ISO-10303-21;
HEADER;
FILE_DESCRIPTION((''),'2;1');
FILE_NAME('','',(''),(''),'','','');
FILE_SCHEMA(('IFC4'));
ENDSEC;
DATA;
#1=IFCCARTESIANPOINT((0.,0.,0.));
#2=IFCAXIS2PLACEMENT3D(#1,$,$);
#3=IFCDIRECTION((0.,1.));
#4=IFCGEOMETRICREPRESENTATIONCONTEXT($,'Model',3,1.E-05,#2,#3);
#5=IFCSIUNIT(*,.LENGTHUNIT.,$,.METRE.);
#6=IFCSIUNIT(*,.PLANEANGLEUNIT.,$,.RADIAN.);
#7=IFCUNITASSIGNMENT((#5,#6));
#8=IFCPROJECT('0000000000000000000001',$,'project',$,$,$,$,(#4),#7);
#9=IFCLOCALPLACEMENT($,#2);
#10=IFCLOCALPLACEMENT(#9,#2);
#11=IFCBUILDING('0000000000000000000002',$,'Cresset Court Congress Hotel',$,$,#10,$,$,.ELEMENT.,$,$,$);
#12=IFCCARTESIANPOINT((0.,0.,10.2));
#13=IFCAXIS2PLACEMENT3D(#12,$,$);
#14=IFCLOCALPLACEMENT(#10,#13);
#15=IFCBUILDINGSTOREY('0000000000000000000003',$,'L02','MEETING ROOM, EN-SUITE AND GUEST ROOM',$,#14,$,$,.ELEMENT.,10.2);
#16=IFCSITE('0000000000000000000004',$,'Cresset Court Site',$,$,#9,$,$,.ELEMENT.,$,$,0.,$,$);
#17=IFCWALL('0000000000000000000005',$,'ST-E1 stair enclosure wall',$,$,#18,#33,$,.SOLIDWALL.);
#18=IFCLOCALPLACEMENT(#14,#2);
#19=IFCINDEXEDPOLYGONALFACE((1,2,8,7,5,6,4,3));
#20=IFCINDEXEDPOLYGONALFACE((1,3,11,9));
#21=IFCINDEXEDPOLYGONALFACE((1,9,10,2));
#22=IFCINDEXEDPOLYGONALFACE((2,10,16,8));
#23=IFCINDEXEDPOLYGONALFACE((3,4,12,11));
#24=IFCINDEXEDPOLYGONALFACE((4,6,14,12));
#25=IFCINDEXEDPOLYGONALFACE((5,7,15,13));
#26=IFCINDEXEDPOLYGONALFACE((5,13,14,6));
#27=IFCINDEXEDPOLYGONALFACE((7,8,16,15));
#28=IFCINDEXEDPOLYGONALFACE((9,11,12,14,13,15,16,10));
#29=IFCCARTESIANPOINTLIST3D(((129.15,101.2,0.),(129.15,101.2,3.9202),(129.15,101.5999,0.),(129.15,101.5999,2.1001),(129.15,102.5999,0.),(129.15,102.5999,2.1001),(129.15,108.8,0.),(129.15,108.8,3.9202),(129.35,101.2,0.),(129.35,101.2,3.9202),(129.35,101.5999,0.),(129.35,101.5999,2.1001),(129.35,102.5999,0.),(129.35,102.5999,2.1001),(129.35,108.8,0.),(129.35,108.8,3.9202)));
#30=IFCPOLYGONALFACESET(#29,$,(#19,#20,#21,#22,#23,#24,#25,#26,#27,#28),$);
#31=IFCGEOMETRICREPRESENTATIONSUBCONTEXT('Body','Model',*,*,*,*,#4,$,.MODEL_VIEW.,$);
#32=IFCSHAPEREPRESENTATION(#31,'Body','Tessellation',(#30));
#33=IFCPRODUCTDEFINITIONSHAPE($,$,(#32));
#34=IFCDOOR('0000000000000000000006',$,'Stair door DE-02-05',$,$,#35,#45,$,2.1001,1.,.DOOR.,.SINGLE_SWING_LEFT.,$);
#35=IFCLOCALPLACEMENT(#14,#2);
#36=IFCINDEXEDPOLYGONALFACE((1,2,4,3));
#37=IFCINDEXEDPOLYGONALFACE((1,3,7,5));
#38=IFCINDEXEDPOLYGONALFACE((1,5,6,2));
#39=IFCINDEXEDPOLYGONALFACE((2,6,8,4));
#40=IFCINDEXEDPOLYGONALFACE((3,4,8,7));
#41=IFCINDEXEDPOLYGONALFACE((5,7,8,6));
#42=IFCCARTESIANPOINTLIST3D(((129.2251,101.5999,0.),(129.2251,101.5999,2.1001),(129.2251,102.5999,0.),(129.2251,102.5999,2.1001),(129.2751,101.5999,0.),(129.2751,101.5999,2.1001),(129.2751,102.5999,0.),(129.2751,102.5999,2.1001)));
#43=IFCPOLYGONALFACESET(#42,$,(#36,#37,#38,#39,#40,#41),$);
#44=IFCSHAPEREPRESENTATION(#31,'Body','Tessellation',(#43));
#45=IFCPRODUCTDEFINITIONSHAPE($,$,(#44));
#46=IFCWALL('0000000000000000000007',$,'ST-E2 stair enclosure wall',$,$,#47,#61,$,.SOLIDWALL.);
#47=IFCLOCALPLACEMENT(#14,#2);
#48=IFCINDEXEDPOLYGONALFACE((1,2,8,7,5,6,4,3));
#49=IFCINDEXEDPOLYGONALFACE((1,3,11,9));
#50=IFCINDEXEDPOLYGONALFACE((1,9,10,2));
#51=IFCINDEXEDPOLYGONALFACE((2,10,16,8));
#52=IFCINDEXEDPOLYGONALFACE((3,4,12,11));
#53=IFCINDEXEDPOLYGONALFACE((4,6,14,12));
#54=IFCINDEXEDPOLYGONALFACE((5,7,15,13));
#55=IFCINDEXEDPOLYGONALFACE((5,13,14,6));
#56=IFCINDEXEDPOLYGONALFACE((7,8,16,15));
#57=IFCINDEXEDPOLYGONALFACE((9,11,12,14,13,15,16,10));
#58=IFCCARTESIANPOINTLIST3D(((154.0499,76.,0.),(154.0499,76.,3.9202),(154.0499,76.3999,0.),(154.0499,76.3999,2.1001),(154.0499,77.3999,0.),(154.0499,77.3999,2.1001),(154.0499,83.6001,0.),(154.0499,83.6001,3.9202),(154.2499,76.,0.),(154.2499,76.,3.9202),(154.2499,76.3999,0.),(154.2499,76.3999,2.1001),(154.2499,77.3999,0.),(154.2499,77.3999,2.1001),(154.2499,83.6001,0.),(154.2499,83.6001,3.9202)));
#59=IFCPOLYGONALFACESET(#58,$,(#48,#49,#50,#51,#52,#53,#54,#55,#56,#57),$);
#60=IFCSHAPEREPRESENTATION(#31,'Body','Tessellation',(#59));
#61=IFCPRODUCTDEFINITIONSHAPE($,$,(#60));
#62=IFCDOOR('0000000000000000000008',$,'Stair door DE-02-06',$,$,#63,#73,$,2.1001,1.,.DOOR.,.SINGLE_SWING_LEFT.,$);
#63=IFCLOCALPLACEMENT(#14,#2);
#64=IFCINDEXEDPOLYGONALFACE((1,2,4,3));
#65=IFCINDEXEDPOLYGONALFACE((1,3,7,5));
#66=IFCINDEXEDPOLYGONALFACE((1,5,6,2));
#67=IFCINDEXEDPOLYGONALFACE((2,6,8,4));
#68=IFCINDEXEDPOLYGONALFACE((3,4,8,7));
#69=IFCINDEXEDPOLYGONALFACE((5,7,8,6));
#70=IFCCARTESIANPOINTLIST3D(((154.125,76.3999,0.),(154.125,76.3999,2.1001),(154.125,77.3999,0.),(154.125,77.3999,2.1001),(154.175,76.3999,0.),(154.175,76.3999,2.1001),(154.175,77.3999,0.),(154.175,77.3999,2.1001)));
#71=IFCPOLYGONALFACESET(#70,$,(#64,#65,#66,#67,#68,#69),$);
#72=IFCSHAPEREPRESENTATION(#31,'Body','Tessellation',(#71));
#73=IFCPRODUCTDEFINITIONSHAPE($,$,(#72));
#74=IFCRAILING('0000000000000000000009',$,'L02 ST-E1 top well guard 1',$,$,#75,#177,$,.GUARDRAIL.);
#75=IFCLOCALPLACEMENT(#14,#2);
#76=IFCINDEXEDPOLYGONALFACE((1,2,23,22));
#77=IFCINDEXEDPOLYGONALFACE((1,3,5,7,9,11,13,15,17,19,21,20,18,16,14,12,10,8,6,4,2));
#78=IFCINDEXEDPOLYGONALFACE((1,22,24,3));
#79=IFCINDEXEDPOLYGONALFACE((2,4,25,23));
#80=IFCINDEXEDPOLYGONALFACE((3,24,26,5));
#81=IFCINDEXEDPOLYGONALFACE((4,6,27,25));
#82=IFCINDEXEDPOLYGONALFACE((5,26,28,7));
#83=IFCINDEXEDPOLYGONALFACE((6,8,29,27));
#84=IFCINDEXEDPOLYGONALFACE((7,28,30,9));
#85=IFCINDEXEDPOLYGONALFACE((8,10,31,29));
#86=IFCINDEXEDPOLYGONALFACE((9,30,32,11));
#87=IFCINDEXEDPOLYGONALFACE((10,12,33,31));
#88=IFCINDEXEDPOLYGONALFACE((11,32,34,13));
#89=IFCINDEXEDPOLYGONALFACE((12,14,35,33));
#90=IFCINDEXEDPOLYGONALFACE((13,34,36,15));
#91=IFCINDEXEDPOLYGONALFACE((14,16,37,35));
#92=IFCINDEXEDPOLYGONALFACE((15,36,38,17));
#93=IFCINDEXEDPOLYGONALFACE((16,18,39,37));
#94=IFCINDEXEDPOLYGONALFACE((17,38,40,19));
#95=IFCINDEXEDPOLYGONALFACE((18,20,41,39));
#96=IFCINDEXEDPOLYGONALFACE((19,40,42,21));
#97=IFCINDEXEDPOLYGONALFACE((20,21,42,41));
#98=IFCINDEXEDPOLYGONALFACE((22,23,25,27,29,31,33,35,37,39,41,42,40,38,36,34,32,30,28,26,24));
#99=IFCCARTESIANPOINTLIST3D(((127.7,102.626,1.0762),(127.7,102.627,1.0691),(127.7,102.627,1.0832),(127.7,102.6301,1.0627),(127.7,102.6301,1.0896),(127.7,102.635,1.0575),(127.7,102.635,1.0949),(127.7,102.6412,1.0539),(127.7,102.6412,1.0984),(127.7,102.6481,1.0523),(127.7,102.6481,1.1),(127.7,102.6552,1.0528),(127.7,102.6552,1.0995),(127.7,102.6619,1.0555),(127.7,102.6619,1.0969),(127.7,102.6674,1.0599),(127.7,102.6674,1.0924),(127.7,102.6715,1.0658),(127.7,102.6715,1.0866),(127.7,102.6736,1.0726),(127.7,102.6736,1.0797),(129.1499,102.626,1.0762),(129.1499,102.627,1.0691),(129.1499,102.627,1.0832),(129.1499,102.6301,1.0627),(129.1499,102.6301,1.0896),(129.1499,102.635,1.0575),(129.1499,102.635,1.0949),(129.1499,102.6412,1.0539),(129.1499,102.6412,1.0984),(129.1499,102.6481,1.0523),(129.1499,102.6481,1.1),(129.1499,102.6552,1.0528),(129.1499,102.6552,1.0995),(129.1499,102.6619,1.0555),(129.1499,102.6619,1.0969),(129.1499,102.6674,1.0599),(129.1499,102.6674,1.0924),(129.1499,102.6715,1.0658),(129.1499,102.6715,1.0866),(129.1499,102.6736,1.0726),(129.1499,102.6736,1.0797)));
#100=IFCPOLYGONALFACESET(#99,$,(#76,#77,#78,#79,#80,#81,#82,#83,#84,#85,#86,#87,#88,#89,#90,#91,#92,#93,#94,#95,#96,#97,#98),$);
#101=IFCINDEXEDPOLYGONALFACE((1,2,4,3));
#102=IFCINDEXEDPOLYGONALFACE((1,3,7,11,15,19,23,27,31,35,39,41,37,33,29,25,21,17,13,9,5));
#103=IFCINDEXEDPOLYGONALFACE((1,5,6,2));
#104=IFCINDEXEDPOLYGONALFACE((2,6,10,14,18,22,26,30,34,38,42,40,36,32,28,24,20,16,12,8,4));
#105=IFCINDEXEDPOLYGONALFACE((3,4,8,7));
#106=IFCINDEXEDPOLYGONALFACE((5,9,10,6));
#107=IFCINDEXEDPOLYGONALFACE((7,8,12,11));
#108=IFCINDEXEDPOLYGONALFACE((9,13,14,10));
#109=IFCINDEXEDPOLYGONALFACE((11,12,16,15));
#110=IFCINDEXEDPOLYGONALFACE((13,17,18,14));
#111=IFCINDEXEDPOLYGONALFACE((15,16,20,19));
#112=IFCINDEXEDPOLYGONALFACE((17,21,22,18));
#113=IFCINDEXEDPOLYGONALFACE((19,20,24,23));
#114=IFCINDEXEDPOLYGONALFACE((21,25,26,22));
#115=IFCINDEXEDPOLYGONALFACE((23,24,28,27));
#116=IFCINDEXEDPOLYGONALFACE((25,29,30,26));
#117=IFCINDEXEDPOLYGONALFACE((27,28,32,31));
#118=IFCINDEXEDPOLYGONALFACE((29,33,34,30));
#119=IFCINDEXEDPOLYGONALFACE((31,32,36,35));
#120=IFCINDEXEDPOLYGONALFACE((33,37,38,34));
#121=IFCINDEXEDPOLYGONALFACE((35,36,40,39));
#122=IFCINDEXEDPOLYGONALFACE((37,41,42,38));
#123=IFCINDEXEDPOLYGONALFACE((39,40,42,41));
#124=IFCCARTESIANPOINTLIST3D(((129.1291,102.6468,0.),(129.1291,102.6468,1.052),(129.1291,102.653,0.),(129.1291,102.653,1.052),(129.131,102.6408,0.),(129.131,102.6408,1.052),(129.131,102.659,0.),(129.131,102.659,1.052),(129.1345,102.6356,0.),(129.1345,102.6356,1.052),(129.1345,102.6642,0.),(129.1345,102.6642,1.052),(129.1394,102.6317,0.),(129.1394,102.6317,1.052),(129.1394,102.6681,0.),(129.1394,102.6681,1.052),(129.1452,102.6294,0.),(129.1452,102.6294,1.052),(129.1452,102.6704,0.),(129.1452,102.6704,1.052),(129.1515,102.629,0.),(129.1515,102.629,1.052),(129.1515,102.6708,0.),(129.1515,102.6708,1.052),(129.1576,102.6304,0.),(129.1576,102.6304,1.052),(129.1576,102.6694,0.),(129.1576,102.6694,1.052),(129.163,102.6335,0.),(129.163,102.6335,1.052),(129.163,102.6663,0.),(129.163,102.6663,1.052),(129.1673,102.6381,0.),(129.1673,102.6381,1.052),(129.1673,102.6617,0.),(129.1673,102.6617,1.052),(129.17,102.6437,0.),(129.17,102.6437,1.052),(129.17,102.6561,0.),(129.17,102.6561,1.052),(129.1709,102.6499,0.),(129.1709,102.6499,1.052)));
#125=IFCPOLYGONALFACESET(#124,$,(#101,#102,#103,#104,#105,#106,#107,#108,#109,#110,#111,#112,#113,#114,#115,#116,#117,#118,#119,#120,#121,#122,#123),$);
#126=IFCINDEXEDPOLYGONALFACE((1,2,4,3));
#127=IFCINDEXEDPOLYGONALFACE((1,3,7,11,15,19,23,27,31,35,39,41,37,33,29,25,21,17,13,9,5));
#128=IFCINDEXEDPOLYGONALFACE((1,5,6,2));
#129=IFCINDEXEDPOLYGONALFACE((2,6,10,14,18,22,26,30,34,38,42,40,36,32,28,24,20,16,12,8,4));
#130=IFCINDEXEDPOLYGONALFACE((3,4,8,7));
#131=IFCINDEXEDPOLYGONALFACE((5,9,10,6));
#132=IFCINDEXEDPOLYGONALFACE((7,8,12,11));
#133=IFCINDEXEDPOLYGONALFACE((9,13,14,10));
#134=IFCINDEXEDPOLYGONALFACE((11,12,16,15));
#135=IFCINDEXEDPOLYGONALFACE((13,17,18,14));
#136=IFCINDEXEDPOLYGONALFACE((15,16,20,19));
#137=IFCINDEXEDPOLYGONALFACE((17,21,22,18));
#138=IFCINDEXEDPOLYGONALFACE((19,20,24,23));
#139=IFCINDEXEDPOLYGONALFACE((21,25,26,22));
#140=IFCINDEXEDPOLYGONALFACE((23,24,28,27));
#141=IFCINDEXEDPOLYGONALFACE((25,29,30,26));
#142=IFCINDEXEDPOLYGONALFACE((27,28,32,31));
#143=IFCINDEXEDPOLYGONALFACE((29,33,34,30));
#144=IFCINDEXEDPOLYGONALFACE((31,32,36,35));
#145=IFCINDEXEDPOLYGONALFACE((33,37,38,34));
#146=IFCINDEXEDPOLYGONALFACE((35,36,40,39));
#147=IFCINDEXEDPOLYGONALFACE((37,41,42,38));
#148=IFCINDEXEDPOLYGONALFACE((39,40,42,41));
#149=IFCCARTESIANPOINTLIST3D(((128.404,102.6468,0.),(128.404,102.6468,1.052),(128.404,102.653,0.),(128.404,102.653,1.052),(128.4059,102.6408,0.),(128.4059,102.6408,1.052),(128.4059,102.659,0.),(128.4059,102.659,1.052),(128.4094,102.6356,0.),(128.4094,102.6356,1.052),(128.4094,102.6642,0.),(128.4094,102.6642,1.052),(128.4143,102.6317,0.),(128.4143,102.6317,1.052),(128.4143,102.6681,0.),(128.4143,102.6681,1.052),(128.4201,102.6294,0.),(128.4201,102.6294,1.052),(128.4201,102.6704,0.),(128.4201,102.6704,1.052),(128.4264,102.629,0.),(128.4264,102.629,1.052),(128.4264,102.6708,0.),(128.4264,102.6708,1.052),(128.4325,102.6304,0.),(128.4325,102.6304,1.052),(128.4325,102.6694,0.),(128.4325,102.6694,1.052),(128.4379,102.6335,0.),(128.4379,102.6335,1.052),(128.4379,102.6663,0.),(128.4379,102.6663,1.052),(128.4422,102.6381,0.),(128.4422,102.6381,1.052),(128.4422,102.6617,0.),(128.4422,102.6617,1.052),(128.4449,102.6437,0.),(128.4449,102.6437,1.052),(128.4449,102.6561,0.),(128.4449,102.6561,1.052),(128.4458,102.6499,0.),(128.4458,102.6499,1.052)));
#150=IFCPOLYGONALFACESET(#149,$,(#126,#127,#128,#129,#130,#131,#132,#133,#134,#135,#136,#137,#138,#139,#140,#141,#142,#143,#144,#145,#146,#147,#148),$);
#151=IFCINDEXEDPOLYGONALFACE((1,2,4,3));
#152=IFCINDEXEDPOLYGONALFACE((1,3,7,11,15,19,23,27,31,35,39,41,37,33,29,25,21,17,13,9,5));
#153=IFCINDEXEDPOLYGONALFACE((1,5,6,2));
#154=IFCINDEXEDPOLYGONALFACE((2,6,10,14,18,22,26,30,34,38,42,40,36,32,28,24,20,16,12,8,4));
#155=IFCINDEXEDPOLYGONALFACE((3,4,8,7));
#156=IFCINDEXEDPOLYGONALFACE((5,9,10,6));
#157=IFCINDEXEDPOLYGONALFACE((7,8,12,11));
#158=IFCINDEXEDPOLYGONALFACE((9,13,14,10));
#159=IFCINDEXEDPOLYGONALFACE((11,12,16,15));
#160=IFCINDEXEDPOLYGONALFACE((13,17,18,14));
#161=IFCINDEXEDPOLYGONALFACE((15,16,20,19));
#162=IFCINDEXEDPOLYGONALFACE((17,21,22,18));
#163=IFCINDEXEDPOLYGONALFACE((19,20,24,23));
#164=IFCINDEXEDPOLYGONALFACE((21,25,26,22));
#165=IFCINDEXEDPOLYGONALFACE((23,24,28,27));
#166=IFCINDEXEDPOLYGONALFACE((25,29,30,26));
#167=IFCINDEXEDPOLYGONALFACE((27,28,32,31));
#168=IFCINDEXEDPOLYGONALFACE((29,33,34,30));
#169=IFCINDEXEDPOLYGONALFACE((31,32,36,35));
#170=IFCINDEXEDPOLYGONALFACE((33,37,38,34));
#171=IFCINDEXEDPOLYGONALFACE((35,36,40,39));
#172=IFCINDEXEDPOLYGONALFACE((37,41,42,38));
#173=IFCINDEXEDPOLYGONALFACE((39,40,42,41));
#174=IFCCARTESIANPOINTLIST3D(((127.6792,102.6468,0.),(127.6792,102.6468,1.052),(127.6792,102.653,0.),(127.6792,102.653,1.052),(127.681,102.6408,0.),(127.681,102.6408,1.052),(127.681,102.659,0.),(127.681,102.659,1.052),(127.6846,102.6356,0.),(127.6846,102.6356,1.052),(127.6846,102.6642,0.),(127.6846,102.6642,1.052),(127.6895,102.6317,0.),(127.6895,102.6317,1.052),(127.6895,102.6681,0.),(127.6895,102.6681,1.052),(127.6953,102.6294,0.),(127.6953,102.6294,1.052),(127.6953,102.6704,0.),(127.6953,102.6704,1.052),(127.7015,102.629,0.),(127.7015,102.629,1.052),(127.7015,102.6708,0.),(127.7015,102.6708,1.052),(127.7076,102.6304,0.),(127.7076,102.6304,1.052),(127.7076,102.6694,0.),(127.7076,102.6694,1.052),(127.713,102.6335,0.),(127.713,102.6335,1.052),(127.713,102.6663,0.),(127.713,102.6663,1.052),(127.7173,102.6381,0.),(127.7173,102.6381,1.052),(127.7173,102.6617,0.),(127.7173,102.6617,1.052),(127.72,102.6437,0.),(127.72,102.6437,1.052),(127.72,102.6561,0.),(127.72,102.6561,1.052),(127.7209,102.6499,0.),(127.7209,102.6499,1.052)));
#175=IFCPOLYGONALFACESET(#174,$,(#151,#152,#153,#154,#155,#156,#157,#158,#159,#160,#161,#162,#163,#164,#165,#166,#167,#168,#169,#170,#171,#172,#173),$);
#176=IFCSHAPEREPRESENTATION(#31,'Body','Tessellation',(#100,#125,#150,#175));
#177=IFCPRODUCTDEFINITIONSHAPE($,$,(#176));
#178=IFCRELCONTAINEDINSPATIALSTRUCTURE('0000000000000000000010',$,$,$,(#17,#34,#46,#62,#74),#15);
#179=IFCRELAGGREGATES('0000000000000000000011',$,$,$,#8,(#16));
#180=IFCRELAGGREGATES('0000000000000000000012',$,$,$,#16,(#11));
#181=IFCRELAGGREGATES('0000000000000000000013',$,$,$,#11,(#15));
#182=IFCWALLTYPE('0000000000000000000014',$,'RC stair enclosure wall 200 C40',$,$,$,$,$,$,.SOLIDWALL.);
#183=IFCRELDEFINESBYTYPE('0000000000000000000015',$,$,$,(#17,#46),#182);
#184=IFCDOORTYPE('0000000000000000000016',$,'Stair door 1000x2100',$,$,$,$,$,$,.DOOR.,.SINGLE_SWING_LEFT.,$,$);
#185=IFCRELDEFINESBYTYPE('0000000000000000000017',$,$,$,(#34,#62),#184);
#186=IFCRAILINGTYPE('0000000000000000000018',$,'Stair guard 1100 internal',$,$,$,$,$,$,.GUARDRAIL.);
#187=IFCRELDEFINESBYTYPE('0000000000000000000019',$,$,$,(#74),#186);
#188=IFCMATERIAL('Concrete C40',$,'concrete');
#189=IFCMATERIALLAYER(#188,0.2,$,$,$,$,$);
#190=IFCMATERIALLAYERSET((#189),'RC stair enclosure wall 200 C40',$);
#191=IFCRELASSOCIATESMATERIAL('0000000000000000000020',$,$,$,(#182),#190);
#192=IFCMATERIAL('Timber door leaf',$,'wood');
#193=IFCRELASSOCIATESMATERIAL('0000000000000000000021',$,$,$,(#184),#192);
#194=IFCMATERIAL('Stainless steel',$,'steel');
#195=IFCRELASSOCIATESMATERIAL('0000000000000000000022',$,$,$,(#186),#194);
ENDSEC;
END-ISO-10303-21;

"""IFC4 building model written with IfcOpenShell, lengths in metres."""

from ifc_helpers import new_model, si_unit, direction, frame, frame_2d, origin, origin_2d, place, context, subcontext, project, spatial, rectangle, circle, extrude, material, layer, layer_set, type_object, element, fill, save


model = new_model("IFC4")

# Units and contexts
model_context = context("Model", 3, precision=1e-05, world=origin(), true_north=direction((0.0, 1.0)))
body_context = subcontext(model_context, "Body", "Model", "MODEL_VIEW")
ifc_project = project(units=[si_unit("LENGTHUNIT", "METRE"), si_unit("PLANEANGLEUNIT", "RADIAN")], contexts=[model_context])

# Site, building, storey
site_placement = place(None, origin())
site = spatial("IfcSite", under=ifc_project, at=site_placement, Name="Cresset Court Site", CompositionType="ELEMENT", RefElevation=0.0)
building_placement = place(site_placement, origin())
building = spatial("IfcBuilding", under=site, at=building_placement, Name="Cresset Court Congress Hotel", CompositionType="ELEMENT")
storey_placement = place(building_placement, frame((0.0, 0.0, 10.2)))
storey = spatial("IfcBuildingStorey", under=building, at=storey_placement, Name="L02", Description="MEETING ROOM, EN-SUITE AND GUEST ROOM", CompositionType="ELEMENT", Elevation=10.2)

# Walls, openings, doors
ifc_material_1 = material(Name="Concrete C40", Category="concrete")
ifc_layer_1 = layer(ifc_material_1, 0.2)
ifc_layer_set_1 = layer_set([ifc_layer_1], Name="RC stair enclosure wall 200 C40")
wall_type_1 = type_object("IfcWallType", Name="RC stair enclosure wall 200 C40", PredefinedType="SOLIDWALL", material=ifc_layer_set_1)
wall_1_placement = place(storey_placement, frame((129.25, 101.2, 0.0), z_axis=(0.0, 0.0, 1.0), x_axis=(0.0, 1.0, 0.0)))
wall_1 = element("IfcWall", 1, at=wall_1_placement, inside=storey, type_object=wall_type_1, Name="ST-E1 stair enclosure wall", PredefinedType="SOLIDWALL", context=body_context, shape_type="SweptSolid", body=[
    extrude(rectangle(XDim=7.6001, YDim=0.2, at=frame_2d((3.8, 0.0))), origin(), (0.0, 0.0, 1.0), 3.9202),
])
opening_1_placement = place(wall_1_placement, frame((0.3999, 0.0, 0.0)))
opening_1 = element("IfcOpeningElement", 2, at=opening_1_placement, cuts=wall_1, PredefinedType="OPENING", context=body_context, shape_type="SweptSolid", body=[
    extrude(rectangle(XDim=1.0, YDim=2.1001, at=frame_2d((0.5, 1.05))), frame((0.0, 0.1099, 0.0), z_axis=(0.0, -1.0, 0.0), x_axis=(1.0, 0.0, 0.0)), (0.0, 0.0, 1.0), 0.22),
])
ifc_material_2 = material(Name="Timber door leaf", Category="wood")
door_type_1 = type_object("IfcDoorType", Name="Stair door 1000x2100", OperationType="SINGLE_SWING_LEFT", PredefinedType="DOOR", material=ifc_material_2)
door_1_placement = place(opening_1_placement, origin())
door_1 = element("IfcDoor", 3, at=door_1_placement, inside=storey, type_object=door_type_1, Name="Stair door DE-02-05", OperationType="SINGLE_SWING_LEFT", OverallHeight=2.1001, OverallWidth=1.0, PredefinedType="DOOR", context=body_context, shape_type="SweptSolid", body=[
    extrude(rectangle(XDim=1.0, YDim=2.1001, at=frame_2d((0.5, 1.05))), frame((0.0, 0.0249, 0.0), z_axis=(0.0, -1.0, 0.0), x_axis=(1.0, 0.0, 0.0)), (0.0, 0.0, 1.0), 0.05),
])
fill(opening_1, door_1)
wall_2_placement = place(storey_placement, frame((154.1499, 76.0, 0.0), z_axis=(0.0, 0.0, 1.0), x_axis=(0.0, 1.0, 0.0)))
wall_2 = element("IfcWall", 4, at=wall_2_placement, inside=storey, type_object=wall_type_1, Name="ST-E2 stair enclosure wall", PredefinedType="SOLIDWALL", context=body_context, shape_type="SweptSolid", body=[
    extrude(rectangle(XDim=7.6001, YDim=0.2, at=frame_2d((3.8, 0.0))), origin(), (0.0, 0.0, 1.0), 3.9202),
])
opening_2_placement = place(wall_2_placement, frame((0.3999, 0.0, 0.0)))
opening_2 = element("IfcOpeningElement", 5, at=opening_2_placement, cuts=wall_2, PredefinedType="OPENING", context=body_context, shape_type="SweptSolid", body=[
    extrude(rectangle(XDim=1.0, YDim=2.1001, at=frame_2d((0.5, 1.05))), frame((0.0, 0.1099, 0.0), z_axis=(0.0, -1.0, 0.0), x_axis=(1.0, 0.0, 0.0)), (0.0, 0.0, 1.0), 0.22),
])
door_2_placement = place(opening_2_placement, origin())
door_2 = element("IfcDoor", 6, at=door_2_placement, inside=storey, type_object=door_type_1, Name="Stair door DE-02-06", OperationType="SINGLE_SWING_LEFT", OverallHeight=2.1001, OverallWidth=1.0, PredefinedType="DOOR", context=body_context, shape_type="SweptSolid", body=[
    extrude(rectangle(XDim=1.0, YDim=2.1001, at=frame_2d((0.5, 1.05))), frame((0.0, 0.0249, 0.0), z_axis=(0.0, -1.0, 0.0), x_axis=(1.0, 0.0, 0.0)), (0.0, 0.0, 1.0), 0.05),
])
fill(opening_2, door_2)

# Railing
ifc_material_3 = material(Name="Stainless steel", Category="steel")
railing_type = type_object("IfcRailingType", Name="Stair guard 1100 internal", PredefinedType="GUARDRAIL", material=ifc_material_3)
for number, where, name in (
    (7, (129.1499, 102.6499, 0.0), "L02 ST-E1 top well guard 1"),
):
    element("IfcRailing", number, at=place(storey_placement, frame(where)), inside=storey, type_object=railing_type, Name=name, PredefinedType="GUARDRAIL", context=body_context, shape_type="SweptSolid", body=[
        extrude(circle(Radius=0.0239, at=origin_2d()), frame((0.0, 0.0, 1.0762), z_axis=(-1.0, 0.0, 0.0), x_axis=(0.0, -1.0, 0.0)), (0.0, 0.0, 1.0), 1.45),
        extrude(circle(Radius=0.021, at=origin_2d()), origin(), (0.0, 0.0, 1.0), 1.052),
        extrude(circle(Radius=0.021, at=origin_2d()), frame((-0.7251, 0.0, 0.0)), (0.0, 0.0, 1.0), 1.052),
        extrude(circle(Radius=0.021, at=origin_2d()), frame((-1.45, 0.0, 0.0)), (0.0, 0.0, 1.0), 1.052),
    ])

save(model, "model.ifc")
